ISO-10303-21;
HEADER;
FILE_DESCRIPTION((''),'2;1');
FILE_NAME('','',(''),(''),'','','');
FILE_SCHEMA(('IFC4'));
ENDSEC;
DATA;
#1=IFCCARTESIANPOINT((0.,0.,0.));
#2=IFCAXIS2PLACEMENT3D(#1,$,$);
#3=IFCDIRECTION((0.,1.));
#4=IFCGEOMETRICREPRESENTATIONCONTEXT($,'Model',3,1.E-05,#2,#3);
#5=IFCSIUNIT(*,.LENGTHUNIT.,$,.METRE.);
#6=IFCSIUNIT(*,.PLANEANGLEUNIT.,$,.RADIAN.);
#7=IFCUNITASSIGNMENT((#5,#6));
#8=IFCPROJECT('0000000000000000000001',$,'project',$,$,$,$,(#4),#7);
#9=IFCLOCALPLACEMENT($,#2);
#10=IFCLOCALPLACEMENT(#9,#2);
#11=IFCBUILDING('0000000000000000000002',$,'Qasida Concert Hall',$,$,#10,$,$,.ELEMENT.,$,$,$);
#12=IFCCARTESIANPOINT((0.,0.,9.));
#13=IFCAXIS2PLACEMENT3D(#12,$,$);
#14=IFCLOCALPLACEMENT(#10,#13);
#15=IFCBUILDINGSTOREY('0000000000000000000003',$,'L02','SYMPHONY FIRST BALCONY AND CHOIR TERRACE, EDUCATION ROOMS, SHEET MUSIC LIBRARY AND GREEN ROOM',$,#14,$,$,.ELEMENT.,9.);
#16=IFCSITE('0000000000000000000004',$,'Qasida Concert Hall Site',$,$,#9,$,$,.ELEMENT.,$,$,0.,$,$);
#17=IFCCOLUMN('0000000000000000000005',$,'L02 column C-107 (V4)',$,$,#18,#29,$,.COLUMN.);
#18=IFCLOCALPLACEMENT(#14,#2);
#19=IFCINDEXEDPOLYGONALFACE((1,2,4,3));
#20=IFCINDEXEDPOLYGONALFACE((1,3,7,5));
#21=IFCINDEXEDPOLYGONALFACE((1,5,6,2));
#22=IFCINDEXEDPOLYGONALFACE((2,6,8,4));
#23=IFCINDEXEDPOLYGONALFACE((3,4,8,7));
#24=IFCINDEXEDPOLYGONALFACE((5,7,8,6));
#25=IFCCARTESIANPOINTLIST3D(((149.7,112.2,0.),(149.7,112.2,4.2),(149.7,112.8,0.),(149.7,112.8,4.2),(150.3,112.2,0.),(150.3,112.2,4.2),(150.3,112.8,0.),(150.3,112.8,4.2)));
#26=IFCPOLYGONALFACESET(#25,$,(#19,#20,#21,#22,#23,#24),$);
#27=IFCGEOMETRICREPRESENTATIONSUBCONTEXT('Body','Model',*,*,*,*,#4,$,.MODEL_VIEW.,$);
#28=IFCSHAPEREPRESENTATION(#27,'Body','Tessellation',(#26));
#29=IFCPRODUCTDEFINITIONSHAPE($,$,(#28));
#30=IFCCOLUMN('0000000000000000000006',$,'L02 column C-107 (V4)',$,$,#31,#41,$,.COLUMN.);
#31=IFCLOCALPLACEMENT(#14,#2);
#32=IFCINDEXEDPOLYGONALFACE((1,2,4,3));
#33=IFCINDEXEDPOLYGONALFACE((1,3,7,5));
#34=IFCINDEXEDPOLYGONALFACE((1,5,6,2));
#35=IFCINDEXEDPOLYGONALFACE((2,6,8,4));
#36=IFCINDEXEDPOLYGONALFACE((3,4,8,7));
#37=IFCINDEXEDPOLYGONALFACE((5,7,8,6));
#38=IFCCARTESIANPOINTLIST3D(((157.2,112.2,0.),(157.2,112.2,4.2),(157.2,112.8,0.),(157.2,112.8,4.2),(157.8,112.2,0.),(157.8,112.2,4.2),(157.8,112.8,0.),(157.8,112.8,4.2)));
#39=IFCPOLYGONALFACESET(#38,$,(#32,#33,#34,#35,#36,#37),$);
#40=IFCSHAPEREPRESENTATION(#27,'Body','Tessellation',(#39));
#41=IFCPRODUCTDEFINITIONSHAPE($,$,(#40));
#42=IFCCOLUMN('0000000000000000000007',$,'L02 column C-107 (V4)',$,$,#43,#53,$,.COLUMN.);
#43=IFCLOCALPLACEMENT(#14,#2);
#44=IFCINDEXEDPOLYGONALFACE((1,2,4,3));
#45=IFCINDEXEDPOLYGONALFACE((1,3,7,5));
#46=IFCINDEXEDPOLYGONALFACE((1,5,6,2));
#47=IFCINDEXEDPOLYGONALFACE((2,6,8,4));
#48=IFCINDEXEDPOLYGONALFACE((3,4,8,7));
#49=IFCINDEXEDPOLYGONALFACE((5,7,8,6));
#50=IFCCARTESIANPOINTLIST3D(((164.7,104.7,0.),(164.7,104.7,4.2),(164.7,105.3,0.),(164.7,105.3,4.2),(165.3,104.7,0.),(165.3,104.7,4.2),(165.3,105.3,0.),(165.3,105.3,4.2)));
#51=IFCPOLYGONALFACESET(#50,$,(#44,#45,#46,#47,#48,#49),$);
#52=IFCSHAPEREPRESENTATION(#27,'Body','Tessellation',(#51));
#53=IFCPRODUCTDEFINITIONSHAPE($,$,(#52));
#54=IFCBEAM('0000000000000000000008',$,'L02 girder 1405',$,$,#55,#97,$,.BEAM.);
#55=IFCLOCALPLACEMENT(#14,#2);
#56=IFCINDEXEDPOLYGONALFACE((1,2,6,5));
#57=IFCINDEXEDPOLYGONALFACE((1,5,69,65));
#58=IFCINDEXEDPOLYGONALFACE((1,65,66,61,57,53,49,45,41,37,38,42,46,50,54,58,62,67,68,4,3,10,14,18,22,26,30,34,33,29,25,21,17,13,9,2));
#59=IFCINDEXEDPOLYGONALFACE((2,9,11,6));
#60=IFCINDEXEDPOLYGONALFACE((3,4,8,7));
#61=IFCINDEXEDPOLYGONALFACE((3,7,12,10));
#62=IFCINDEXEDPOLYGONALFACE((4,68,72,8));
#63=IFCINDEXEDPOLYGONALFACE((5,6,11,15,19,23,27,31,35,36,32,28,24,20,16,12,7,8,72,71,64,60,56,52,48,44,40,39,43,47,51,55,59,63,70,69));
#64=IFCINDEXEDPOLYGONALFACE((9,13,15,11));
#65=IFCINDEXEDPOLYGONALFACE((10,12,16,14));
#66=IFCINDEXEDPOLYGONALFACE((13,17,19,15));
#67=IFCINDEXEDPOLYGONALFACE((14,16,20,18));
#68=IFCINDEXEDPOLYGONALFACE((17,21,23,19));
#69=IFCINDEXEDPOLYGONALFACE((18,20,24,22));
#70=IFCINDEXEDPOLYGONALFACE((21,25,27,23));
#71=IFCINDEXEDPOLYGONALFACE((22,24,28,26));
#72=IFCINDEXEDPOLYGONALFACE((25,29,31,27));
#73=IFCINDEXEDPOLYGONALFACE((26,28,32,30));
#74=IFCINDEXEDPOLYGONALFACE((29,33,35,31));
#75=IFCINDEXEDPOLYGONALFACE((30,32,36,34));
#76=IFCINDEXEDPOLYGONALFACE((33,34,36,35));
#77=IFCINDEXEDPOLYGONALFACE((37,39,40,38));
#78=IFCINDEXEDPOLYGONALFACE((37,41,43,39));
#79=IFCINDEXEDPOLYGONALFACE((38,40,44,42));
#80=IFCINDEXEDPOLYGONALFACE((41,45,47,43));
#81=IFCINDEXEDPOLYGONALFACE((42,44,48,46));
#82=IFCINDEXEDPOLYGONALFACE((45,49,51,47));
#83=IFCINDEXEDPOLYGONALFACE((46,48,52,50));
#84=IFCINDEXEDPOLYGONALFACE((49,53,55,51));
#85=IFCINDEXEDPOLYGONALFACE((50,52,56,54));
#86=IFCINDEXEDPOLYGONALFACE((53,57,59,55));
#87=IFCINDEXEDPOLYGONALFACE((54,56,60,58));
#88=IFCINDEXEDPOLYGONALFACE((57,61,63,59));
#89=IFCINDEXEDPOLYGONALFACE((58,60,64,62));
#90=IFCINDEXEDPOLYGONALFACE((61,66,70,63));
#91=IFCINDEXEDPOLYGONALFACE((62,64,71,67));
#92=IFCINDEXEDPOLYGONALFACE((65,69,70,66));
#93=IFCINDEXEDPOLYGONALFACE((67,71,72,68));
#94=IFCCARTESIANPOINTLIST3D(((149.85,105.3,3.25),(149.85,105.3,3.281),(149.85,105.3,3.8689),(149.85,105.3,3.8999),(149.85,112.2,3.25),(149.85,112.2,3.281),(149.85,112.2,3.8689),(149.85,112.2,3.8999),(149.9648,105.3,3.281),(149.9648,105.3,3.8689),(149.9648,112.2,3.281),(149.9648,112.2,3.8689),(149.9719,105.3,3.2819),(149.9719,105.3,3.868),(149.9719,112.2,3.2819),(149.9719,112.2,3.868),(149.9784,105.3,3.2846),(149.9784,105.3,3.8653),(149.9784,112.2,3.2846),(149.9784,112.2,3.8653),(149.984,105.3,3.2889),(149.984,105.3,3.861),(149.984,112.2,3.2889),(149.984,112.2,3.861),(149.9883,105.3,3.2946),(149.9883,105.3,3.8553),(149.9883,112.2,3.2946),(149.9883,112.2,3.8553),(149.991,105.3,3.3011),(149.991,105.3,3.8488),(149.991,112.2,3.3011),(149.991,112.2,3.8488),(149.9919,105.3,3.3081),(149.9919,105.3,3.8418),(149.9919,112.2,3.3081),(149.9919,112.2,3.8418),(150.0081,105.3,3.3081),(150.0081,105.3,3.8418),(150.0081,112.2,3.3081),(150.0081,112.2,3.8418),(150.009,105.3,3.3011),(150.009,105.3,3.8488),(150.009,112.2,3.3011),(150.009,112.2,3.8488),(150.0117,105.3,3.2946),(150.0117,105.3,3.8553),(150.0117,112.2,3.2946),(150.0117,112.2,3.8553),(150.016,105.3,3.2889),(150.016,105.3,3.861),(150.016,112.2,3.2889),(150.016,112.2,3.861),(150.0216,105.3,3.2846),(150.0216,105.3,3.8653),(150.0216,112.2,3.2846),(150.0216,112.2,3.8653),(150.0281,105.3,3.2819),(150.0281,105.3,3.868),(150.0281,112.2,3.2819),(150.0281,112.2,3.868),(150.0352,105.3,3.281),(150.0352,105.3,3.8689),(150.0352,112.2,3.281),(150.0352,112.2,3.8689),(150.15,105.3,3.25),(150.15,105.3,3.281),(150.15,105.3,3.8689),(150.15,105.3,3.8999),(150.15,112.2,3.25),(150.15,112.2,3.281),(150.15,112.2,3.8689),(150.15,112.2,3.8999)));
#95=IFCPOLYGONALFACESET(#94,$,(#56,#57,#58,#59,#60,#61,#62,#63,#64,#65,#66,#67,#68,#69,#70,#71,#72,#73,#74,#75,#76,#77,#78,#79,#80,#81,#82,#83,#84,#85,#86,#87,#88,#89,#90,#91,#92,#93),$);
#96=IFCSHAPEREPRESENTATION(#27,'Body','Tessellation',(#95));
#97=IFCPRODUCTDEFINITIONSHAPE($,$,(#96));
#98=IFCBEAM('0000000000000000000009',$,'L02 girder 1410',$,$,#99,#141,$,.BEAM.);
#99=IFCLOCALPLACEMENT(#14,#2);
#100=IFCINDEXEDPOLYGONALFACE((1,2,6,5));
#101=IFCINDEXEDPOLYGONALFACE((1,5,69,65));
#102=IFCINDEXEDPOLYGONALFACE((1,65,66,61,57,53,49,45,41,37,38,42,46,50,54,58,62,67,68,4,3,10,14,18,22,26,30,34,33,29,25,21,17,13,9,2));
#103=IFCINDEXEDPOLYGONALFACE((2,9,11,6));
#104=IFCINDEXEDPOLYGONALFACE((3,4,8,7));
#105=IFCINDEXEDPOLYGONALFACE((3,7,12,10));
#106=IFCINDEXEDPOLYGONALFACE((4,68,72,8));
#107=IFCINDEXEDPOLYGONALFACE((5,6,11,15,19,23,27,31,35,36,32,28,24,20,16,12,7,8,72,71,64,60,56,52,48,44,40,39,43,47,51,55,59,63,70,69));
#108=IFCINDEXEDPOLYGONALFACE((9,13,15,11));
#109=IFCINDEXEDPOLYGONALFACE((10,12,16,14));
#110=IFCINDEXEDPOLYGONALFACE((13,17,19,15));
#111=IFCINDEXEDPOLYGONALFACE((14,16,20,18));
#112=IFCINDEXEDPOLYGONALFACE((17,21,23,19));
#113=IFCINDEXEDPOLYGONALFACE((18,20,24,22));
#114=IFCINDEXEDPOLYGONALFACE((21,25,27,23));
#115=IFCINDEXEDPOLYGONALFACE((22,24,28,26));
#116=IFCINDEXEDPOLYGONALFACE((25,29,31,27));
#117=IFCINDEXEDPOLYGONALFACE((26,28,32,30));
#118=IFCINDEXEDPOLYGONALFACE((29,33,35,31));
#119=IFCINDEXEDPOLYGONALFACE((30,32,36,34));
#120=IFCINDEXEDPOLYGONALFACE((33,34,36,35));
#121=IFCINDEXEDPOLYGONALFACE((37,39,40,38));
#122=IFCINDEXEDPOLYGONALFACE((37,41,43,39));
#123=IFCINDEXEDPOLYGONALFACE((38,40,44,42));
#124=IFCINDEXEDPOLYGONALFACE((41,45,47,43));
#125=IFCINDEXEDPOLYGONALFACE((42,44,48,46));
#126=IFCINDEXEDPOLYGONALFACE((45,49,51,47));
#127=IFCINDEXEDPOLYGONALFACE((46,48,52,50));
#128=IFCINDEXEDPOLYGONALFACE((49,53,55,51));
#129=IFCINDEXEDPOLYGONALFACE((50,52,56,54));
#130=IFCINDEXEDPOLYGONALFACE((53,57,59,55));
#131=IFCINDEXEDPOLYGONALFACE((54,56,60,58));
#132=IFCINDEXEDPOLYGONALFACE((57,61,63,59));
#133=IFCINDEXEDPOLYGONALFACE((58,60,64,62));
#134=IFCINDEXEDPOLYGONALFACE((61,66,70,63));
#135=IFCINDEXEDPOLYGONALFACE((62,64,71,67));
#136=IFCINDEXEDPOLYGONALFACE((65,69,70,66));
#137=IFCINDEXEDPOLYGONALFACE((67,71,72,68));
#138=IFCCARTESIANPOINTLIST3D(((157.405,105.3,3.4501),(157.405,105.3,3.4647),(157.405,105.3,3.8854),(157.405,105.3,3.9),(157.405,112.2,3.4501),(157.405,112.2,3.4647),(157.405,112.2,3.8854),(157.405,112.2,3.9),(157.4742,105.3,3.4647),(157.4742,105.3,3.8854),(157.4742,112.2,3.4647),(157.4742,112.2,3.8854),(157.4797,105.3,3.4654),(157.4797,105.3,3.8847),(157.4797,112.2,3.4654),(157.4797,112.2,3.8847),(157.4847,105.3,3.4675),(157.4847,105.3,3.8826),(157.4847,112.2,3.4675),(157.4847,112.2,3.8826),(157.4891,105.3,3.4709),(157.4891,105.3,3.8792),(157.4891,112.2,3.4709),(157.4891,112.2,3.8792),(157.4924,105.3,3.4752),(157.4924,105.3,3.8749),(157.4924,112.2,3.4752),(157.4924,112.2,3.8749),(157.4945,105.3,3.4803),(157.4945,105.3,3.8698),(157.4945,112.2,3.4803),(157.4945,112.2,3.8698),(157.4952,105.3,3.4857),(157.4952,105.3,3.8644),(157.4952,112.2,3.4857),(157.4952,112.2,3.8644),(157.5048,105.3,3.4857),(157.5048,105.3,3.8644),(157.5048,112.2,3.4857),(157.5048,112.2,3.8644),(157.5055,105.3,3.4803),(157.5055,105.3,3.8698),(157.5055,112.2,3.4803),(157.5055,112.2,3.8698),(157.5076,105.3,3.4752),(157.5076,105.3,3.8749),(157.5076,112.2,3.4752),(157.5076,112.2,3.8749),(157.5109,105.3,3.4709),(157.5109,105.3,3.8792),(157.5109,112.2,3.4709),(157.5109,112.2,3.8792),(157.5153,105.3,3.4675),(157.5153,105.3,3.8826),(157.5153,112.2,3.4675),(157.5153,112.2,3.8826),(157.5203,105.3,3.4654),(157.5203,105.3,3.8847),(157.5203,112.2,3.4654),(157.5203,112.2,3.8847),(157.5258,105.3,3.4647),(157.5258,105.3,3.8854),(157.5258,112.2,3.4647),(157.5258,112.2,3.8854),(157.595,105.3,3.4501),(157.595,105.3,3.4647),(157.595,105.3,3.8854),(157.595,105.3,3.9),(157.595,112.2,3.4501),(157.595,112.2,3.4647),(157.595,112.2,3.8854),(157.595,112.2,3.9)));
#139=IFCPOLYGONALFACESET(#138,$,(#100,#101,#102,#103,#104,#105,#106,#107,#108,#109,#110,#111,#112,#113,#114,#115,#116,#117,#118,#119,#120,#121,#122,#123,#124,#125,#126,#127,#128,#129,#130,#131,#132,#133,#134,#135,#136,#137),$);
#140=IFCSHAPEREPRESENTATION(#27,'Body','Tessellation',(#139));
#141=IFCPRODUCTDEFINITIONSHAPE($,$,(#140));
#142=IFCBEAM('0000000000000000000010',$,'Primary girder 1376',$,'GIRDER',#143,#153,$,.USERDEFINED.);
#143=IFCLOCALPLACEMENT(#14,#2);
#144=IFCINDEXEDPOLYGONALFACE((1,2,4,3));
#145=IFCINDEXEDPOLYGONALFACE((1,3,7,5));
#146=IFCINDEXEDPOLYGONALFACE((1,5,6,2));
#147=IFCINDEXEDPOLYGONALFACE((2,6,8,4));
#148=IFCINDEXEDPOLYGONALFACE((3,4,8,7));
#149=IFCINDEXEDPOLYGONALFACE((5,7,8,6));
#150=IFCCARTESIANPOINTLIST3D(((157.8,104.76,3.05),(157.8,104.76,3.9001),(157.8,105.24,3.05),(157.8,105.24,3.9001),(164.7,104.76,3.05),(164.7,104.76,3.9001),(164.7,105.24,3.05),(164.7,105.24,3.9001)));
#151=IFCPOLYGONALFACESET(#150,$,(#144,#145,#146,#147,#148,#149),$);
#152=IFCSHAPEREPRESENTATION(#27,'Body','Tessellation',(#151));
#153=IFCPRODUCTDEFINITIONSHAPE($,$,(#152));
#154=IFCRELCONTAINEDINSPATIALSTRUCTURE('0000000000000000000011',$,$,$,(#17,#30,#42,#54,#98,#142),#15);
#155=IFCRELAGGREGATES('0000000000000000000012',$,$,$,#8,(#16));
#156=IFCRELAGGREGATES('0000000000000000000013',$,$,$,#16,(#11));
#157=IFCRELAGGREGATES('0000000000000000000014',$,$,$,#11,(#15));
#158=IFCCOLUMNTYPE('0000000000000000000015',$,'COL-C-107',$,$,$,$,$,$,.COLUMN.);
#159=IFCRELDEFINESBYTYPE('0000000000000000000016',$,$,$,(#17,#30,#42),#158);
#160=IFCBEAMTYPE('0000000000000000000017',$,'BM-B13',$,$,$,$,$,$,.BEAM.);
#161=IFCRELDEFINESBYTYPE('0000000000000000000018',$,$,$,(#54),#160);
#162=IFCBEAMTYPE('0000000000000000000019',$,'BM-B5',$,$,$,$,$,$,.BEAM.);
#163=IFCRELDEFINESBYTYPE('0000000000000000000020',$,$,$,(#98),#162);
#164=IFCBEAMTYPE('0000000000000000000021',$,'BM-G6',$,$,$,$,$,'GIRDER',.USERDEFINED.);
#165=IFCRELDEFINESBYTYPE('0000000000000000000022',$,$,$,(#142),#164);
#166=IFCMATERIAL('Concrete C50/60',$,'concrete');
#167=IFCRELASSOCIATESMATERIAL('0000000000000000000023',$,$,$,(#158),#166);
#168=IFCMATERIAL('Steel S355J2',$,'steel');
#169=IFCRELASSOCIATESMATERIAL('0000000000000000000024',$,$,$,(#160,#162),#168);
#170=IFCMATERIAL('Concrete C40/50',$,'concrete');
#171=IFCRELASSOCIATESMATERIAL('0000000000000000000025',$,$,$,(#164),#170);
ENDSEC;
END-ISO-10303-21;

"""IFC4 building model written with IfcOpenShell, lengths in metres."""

from ifc_helpers import new_model, si_unit, direction, frame, origin, origin_2d, place, context, subcontext, project, spatial, rectangle, i_section, extrude, material, material_profile, profile_set, type_object, element, save


model = new_model("IFC4")

# Units and contexts
model_context = context("Model", 3, precision=1e-05, world=origin(), true_north=direction((0.0, 1.0)))
body_context = subcontext(model_context, "Body", "Model", "MODEL_VIEW")
ifc_project = project(units=[si_unit("LENGTHUNIT", "METRE"), si_unit("PLANEANGLEUNIT", "RADIAN")], contexts=[model_context])

# Site, building, storey
site_placement = place(None, origin())
site = spatial("IfcSite", under=ifc_project, at=site_placement, Name="Qasida Concert Hall Site", CompositionType="ELEMENT", RefElevation=0.0)
building_placement = place(site_placement, origin())
building = spatial("IfcBuilding", under=site, at=building_placement, Name="Qasida Concert Hall", CompositionType="ELEMENT")
storey_placement = place(building_placement, frame((0.0, 0.0, 9.0)))
storey = spatial("IfcBuildingStorey", under=building, at=storey_placement, Name="L02", Description="SYMPHONY FIRST BALCONY AND CHOIR TERRACE, EDUCATION ROOMS, SHEET MUSIC LIBRARY AND GREEN ROOM", CompositionType="ELEMENT", Elevation=9.0)

# Columns
ifc_material_1 = material(Name="Concrete C50/60", Category="concrete")
ifc_material_profile_1 = material_profile(ifc_material_1, rectangle(XDim=0.6001, YDim=0.6001, at=origin_2d()), Name="RC 600x600")
ifc_profile_set_1 = profile_set([ifc_material_profile_1], Name="Concrete C50/60")
column_type = type_object("IfcColumnType", Name="COL-C-107", PredefinedType="COLUMN", material=ifc_profile_set_1)
for number, where, z_axis, x_axis, name in (
    (1, (150.0, 112.5, 0.0), (0.0, 0.0, 1.0), (1.0, 0.0, 0.0), "L02 column C-107 (V4)"),
    (2, (157.5, 112.5, 0.0), (0.0, 0.0, 1.0), (1.0, 0.0, 0.0), "L02 column C-107 (V4)"),
    (3, (165.0, 105.0, 0.0), (0.0, 0.0, 1.0), (1.0, 0.0, 0.0), "L02 column C-107 (V4)"),
):
    element("IfcColumn", number, at=place(storey_placement, frame(where, z_axis=z_axis, x_axis=x_axis)), inside=storey, type_object=column_type, Name=name, PredefinedType="COLUMN", context=body_context, shape_type="SweptSolid", body=[
        extrude(rectangle(XDim=0.6001, YDim=0.6001, at=origin_2d()), origin(), (0.0, 0.0, 1.0), 4.2),
    ])

# Beams
ifc_material_2 = material(Name="Steel S355J2", Category="steel")
ifc_material_profile_2 = material_profile(ifc_material_2, i_section(OverallWidth=0.3, OverallDepth=0.6499, WebThickness=0.0161, FlangeThickness=0.031, FilletRadius=0.0271, at=origin_2d()), Name="HEB 650")
ifc_profile_set_2 = profile_set([ifc_material_profile_2], Name="Steel S355J2")
beam_type_1 = type_object("IfcBeamType", Name="BM-B13", PredefinedType="BEAM", material=ifc_profile_set_2)
beam_1_placement = place(storey_placement, frame((150.0, 105.3, 3.575), z_axis=(0.0, 1.0, 0.0), x_axis=(-1.0, 0.0, 0.0)))
element("IfcBeam", 4, at=beam_1_placement, inside=storey, type_object=beam_type_1, Name="L02 girder 1405", PredefinedType="BEAM", context=body_context, shape_type="SweptSolid", body=[
    extrude(i_section(OverallWidth=0.3, OverallDepth=0.6499, WebThickness=0.0161, FlangeThickness=0.031, FilletRadius=0.0271, at=origin_2d()), origin(), (0.0, 0.0, 1.0), 6.8999),
])
ifc_material_profile_3 = material_profile(ifc_material_2, i_section(OverallWidth=0.1899, OverallDepth=0.45, WebThickness=0.0095, FlangeThickness=0.0146, FilletRadius=0.021, at=origin_2d()), Name="IPE 450")
ifc_profile_set_3 = profile_set([ifc_material_profile_3], Name="Steel S355J2")
beam_type_2 = type_object("IfcBeamType", Name="BM-B5", PredefinedType="BEAM", material=ifc_profile_set_3)
beam_2_placement = place(storey_placement, frame((157.5, 105.3, 3.675), z_axis=(0.0, 1.0, 0.0), x_axis=(-1.0, 0.0, 0.0)))
element("IfcBeam", 5, at=beam_2_placement, inside=storey, type_object=beam_type_2, Name="L02 girder 1410", PredefinedType="BEAM", context=body_context, shape_type="SweptSolid", body=[
    extrude(i_section(OverallWidth=0.1899, OverallDepth=0.45, WebThickness=0.0095, FlangeThickness=0.0146, FilletRadius=0.021, at=origin_2d()), origin(), (0.0, 0.0, 1.0), 6.8999),
])
ifc_material_3 = material(Name="Concrete C40/50", Category="concrete")
ifc_material_profile_4 = material_profile(ifc_material_3, rectangle(XDim=0.48, YDim=0.8501, at=origin_2d()), Name="RC 480x850")
ifc_profile_set_4 = profile_set([ifc_material_profile_4], Name="Concrete C40/50")
beam_type_3 = type_object("IfcBeamType", Name="BM-G6", ElementType="GIRDER", PredefinedType="USERDEFINED", material=ifc_profile_set_4)
beam_3_placement = place(storey_placement, frame((157.8, 105.0, 3.4751), z_axis=(1.0, 0.0, 0.0), x_axis=(0.0, 1.0, 0.0)))
element("IfcBeam", 6, at=beam_3_placement, inside=storey, type_object=beam_type_3, Name="Primary girder 1376", ObjectType="GIRDER", PredefinedType="USERDEFINED", context=body_context, shape_type="SweptSolid", body=[
    extrude(rectangle(XDim=0.48, YDim=0.8501, at=origin_2d()), origin(), (0.0, 0.0, 1.0), 6.8999),
])

save(model, "model.ifc")
